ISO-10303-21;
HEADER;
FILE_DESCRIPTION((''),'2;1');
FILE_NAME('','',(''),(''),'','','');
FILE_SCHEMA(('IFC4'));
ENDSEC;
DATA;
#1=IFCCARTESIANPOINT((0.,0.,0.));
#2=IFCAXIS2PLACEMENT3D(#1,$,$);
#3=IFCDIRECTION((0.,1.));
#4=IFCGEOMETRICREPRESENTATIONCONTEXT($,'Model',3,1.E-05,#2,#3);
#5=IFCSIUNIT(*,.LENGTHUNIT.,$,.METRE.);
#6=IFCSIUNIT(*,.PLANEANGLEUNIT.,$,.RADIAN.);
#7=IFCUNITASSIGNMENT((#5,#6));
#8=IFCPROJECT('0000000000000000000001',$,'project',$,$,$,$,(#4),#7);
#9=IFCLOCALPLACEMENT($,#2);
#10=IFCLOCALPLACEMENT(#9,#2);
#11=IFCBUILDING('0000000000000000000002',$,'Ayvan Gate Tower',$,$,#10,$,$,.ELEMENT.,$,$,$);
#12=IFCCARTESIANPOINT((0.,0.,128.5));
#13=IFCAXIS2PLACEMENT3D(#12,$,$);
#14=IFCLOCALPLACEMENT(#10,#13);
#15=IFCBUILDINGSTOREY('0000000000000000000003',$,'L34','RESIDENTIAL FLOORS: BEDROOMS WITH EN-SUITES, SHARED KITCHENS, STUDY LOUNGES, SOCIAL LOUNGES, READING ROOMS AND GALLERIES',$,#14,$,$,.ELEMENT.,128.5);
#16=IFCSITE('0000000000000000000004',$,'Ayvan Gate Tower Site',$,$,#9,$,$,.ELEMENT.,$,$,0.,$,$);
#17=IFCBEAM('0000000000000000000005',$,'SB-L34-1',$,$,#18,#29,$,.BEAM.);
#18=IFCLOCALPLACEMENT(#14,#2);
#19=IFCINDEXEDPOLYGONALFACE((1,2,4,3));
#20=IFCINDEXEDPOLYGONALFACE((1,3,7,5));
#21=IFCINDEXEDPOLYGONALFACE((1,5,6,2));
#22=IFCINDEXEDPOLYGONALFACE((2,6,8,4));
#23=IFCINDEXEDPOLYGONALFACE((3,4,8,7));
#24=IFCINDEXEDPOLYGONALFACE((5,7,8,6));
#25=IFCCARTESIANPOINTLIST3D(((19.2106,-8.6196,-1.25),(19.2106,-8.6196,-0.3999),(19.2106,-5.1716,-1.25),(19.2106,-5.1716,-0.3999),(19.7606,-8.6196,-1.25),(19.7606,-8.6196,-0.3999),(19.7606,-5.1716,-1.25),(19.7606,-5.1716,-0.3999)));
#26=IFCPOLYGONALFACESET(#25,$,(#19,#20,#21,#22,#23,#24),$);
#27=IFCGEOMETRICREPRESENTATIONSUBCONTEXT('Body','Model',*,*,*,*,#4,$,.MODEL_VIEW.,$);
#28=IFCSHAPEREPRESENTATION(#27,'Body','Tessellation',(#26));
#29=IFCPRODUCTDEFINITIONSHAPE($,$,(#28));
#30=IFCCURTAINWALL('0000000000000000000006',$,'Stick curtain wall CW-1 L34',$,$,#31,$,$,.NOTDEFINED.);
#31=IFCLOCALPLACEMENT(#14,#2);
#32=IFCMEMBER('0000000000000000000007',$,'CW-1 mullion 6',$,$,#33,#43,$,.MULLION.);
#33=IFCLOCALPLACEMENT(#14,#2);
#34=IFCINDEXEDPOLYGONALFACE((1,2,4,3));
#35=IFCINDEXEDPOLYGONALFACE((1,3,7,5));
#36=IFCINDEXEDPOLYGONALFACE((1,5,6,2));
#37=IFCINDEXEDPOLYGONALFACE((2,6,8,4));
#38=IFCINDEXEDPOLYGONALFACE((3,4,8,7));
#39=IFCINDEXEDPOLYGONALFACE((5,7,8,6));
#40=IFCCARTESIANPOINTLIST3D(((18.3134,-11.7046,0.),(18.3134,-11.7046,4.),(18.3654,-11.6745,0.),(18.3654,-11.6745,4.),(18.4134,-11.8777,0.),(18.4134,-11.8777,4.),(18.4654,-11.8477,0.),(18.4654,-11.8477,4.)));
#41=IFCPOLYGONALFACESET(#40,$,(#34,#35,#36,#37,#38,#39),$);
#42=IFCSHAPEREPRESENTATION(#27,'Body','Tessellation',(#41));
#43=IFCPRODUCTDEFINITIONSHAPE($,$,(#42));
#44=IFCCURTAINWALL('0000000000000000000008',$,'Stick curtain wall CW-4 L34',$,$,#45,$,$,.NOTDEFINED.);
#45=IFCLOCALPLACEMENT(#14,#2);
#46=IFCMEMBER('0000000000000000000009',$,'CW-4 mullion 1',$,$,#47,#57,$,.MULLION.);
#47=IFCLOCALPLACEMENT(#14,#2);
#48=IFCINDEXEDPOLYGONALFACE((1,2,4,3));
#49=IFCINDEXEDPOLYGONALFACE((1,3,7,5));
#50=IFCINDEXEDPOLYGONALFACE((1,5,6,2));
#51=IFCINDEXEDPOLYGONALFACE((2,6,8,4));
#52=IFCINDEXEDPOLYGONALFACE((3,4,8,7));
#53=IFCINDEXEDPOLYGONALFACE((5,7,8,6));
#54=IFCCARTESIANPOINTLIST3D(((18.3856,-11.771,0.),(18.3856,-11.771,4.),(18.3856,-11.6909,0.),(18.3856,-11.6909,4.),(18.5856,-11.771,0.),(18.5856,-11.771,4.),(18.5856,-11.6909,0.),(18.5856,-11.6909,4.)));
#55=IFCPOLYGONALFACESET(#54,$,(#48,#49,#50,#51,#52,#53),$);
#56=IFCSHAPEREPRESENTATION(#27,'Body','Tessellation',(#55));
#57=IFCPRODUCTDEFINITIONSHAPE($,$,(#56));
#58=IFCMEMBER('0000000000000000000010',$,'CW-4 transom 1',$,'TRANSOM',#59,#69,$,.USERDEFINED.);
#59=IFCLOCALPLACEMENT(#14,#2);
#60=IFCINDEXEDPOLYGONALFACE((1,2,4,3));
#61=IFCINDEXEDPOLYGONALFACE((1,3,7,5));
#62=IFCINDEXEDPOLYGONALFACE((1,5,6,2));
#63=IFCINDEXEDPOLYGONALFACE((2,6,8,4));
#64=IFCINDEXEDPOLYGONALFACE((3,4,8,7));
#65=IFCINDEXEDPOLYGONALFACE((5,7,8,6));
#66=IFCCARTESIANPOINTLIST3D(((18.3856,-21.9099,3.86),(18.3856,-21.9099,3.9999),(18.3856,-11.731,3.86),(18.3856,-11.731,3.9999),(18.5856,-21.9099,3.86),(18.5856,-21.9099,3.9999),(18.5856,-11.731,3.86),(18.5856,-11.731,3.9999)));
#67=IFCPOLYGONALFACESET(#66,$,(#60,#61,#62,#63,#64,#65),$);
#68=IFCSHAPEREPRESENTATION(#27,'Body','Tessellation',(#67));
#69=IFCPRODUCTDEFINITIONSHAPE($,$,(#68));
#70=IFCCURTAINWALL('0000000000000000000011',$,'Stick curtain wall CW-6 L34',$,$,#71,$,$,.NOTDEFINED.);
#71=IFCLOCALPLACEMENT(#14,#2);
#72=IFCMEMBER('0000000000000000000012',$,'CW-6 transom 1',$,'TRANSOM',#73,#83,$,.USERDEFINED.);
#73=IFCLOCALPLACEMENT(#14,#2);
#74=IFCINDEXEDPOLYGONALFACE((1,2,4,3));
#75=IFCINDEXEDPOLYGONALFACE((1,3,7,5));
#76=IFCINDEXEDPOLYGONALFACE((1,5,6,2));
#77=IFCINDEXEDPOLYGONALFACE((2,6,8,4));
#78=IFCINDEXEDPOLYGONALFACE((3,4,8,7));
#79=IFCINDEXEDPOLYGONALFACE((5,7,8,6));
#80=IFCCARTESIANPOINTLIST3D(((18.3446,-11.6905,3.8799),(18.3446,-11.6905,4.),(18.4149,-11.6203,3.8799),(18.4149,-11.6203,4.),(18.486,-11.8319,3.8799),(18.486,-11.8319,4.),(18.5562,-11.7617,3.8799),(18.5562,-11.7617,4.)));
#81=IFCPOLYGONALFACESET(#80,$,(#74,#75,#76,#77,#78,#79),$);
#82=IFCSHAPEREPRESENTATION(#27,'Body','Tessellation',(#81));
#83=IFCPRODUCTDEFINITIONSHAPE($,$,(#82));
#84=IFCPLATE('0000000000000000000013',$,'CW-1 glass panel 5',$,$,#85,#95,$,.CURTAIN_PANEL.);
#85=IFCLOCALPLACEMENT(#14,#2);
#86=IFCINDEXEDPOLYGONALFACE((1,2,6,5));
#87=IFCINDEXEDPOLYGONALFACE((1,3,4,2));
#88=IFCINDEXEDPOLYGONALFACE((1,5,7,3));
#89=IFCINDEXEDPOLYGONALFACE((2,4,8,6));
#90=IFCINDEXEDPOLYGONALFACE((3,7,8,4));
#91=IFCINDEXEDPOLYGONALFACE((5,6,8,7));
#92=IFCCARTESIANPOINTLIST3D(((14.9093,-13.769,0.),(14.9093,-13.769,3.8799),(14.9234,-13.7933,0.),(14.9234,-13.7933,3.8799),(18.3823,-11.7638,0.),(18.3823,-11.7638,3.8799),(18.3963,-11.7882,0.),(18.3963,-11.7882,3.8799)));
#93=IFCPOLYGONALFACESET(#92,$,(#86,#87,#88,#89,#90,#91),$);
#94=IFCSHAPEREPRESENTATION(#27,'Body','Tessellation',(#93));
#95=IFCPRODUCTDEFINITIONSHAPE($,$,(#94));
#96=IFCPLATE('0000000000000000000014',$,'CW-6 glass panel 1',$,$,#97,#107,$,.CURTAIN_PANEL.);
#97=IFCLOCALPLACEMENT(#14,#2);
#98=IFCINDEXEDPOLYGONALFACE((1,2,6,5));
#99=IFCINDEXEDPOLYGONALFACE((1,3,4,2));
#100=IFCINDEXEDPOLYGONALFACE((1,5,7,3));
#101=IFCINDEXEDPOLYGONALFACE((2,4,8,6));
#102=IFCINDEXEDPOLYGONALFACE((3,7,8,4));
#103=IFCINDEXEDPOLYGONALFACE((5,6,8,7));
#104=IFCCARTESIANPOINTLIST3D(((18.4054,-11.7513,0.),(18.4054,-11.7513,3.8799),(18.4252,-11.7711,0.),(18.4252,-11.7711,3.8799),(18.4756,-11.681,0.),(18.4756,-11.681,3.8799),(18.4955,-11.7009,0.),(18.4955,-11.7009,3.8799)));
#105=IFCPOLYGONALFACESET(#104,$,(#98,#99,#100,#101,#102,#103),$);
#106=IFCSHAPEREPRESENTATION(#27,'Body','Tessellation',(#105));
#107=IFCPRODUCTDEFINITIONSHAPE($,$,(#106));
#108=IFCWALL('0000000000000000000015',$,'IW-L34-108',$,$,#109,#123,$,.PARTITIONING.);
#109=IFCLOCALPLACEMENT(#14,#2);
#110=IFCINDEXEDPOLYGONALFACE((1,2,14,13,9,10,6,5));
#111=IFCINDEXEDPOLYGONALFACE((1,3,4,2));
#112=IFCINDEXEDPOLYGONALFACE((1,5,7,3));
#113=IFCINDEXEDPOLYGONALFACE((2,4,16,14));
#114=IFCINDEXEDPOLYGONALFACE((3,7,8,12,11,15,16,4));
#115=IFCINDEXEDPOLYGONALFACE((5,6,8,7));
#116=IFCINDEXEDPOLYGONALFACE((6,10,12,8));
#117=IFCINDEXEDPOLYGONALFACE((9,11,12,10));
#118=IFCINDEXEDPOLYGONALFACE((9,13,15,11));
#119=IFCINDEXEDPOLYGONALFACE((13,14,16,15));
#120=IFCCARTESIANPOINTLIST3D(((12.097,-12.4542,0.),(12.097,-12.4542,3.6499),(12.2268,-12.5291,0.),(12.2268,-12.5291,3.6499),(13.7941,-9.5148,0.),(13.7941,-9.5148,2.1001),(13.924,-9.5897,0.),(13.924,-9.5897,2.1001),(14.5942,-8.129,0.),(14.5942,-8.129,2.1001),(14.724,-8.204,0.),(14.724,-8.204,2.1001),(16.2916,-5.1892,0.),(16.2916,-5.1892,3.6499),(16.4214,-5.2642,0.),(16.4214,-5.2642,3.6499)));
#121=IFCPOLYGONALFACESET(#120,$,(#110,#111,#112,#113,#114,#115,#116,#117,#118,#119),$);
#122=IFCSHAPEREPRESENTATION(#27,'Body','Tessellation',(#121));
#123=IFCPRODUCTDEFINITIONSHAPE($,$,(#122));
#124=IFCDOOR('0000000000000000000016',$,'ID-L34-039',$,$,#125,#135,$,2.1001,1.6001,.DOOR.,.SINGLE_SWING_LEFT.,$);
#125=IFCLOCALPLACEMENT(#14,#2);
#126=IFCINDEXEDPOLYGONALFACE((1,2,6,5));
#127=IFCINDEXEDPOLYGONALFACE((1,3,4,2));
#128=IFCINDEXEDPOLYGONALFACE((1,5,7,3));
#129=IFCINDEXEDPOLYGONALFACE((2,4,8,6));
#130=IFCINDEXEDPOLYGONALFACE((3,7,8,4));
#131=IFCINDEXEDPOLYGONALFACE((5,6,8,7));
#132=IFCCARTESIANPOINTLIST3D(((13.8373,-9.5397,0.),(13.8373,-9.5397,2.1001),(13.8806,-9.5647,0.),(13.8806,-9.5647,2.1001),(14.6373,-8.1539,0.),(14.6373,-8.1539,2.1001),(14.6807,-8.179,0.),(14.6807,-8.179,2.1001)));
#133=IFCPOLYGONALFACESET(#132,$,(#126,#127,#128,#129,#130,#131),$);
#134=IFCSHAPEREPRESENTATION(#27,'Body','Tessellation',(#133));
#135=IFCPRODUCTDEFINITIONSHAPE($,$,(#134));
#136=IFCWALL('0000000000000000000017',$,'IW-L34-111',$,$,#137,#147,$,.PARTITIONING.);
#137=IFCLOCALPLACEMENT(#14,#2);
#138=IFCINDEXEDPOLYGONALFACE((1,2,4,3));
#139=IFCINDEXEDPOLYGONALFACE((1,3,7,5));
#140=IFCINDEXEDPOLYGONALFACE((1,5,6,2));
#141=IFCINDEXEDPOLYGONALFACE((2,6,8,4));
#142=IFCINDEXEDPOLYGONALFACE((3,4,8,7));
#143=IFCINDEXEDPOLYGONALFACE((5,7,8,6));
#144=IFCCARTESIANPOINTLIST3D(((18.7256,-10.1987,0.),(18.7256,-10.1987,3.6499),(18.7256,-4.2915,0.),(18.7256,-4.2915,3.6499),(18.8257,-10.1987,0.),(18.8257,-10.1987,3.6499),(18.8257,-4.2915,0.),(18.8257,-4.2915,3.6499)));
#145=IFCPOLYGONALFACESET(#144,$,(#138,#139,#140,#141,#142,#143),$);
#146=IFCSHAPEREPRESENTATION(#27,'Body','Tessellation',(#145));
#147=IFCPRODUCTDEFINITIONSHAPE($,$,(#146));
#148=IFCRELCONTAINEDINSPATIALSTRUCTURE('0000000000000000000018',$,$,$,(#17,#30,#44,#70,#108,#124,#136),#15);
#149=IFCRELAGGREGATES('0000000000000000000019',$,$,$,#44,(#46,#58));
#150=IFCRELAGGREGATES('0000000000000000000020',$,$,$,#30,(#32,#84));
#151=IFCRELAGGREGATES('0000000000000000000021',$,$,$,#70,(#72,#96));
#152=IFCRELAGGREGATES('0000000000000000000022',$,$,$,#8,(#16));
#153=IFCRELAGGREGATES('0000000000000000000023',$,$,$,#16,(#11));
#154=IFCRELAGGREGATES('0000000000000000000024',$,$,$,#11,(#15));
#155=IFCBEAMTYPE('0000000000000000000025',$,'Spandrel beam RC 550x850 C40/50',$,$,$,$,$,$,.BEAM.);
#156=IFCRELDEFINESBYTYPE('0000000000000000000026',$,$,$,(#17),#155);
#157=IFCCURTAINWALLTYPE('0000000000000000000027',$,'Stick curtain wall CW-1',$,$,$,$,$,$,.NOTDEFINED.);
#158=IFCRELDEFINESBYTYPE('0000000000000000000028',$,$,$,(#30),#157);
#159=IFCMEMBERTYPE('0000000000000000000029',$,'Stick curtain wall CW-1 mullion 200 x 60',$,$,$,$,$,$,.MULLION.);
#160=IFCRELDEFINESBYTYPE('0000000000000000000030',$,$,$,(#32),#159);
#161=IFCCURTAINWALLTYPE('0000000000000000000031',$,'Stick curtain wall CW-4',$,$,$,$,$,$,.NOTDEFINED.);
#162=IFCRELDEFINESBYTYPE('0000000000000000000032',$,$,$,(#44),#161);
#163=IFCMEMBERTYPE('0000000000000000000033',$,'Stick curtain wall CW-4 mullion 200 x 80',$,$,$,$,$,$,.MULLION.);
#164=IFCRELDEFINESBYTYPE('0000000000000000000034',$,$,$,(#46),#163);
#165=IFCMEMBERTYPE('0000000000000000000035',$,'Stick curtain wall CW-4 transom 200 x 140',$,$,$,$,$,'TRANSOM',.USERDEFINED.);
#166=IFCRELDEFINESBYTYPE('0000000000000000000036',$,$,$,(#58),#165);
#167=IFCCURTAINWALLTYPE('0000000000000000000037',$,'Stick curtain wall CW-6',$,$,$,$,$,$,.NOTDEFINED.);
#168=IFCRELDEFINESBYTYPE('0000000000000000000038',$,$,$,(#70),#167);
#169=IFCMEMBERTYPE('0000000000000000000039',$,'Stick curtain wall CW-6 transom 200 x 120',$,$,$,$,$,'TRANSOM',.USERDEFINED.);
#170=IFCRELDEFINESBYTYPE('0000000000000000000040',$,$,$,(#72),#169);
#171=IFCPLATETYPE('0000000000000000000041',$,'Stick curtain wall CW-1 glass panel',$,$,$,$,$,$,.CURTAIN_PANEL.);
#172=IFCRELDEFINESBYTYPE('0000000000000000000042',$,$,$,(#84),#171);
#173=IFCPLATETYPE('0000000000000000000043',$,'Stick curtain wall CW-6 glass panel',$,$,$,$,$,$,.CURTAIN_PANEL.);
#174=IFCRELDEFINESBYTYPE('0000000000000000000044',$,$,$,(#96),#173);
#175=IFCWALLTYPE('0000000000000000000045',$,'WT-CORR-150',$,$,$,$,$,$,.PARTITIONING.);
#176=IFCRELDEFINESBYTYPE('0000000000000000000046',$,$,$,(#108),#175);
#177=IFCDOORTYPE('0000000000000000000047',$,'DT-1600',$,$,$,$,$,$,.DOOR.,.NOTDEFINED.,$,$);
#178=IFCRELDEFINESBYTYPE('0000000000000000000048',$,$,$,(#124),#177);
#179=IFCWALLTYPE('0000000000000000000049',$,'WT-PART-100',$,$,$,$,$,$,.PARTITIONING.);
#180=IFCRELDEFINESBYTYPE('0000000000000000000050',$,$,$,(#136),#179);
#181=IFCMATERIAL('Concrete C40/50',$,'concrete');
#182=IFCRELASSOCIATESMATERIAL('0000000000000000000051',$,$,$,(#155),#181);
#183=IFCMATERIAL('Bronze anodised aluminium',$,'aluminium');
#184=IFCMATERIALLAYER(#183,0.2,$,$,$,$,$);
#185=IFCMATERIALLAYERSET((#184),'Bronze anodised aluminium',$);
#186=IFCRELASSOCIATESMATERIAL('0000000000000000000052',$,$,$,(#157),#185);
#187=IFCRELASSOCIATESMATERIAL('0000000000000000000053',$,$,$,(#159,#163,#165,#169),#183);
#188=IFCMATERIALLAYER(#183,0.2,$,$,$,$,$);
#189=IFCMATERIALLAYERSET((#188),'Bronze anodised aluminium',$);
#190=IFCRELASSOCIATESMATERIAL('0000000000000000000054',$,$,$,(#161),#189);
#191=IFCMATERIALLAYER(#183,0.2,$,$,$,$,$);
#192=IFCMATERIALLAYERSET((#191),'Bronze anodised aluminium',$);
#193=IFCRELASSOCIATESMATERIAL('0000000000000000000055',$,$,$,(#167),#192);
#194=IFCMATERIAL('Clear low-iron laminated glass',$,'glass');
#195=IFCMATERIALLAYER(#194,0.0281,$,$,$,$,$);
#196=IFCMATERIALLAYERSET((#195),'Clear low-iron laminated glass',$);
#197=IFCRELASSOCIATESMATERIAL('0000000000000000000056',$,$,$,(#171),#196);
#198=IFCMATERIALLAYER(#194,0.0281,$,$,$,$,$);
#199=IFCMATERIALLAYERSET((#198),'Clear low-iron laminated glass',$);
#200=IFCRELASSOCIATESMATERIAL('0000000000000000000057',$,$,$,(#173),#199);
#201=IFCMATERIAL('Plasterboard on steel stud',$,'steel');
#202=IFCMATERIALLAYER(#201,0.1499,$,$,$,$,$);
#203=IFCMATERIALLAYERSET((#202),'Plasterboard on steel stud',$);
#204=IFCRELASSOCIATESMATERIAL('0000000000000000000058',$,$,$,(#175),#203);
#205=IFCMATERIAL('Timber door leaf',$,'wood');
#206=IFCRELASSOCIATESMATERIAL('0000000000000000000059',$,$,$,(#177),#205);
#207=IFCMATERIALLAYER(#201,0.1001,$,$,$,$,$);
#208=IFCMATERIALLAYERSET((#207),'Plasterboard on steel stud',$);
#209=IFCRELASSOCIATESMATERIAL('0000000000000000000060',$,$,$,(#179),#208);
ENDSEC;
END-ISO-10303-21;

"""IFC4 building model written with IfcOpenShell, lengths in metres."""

from ifc_helpers import new_model, si_unit, direction, frame, frame_2d, origin, origin_2d, place, context, subcontext, project, spatial, rectangle, extrude, material, layer, layer_set, material_profile, profile_set, type_object, element, fill, aggregate, save


model = new_model("IFC4")

# Units and contexts
model_context = context("Model", 3, precision=1e-05, world=origin(), true_north=direction((0.0, 1.0)))
body_context = subcontext(model_context, "Body", "Model", "MODEL_VIEW")
ifc_project = project(units=[si_unit("LENGTHUNIT", "METRE"), si_unit("PLANEANGLEUNIT", "RADIAN")], contexts=[model_context])

# Site, building, storey
site_placement = place(None, origin())
site = spatial("IfcSite", under=ifc_project, at=site_placement, Name="Ayvan Gate Tower Site", CompositionType="ELEMENT", RefElevation=0.0)
building_placement = place(site_placement, origin())
building = spatial("IfcBuilding", under=site, at=building_placement, Name="Ayvan Gate Tower", CompositionType="ELEMENT")
storey_placement = place(building_placement, frame((0.0, 0.0, 128.5)))
storey = spatial("IfcBuildingStorey", under=building, at=storey_placement, Name="L34", Description="RESIDENTIAL FLOORS: BEDROOMS WITH EN-SUITES, SHARED KITCHENS, STUDY LOUNGES, SOCIAL LOUNGES, READING ROOMS AND GALLERIES", CompositionType="ELEMENT", Elevation=128.5)

# Shared definitions
ifc_material_1 = material(Name="Concrete C40/50", Category="concrete")

# Beam
ifc_material_profile_1 = material_profile(ifc_material_1, rectangle(XDim=0.55, YDim=0.8501, at=origin_2d()), Name="RC 550x850")
ifc_profile_set_1 = profile_set([ifc_material_profile_1], Name="Concrete C40/50")
beam_type_1 = type_object("IfcBeamType", Name="Spandrel beam RC 550x850 C40/50", PredefinedType="BEAM", material=ifc_profile_set_1)
beam_1_placement = place(storey_placement, frame((19.4856, -8.6196, -0.825), z_axis=(0.0, 1.0, 0.0), x_axis=(-1.0, 0.0, 0.0)))
element("IfcBeam", 1, at=beam_1_placement, inside=storey, type_object=beam_type_1, Name="SB-L34-1", PredefinedType="BEAM", context=body_context, shape_type="SweptSolid", body=[
    extrude(rectangle(XDim=0.55, YDim=0.8501, at=origin_2d()), origin(), (0.0, 0.0, 1.0), 3.448),
])

# Curtain wall, member
ifc_material_2 = material(Name="Bronze anodised aluminium", Category="aluminium")
ifc_layer_1 = layer(ifc_material_2, 0.2)
ifc_layer_set_1 = layer_set([ifc_layer_1], Name="Bronze anodised aluminium")
curtain_wall_type_1 = type_object("IfcCurtainWallType", Name="Stick curtain wall CW-1", PredefinedType="NOTDEFINED", material=ifc_layer_set_1)
curtain_wall_1_placement = place(storey_placement, origin())
curtain_wall_1 = element("IfcCurtainWall", 2, at=curtain_wall_1_placement, inside=storey, type_object=curtain_wall_type_1, Name="Stick curtain wall CW-1 L34", PredefinedType="NOTDEFINED")
ifc_material_profile_2 = material_profile(ifc_material_2, rectangle(XDim=0.2, YDim=0.0601, at=origin_2d()), Name="Stick curtain wall CW-1 mullion 200 x 60")
ifc_profile_set_2 = profile_set([ifc_material_profile_2], Name="Bronze anodised aluminium")
member_type_1 = type_object("IfcMemberType", Name="Stick curtain wall CW-1 mullion 200 x 60", PredefinedType="MULLION", material=ifc_profile_set_2)
member_1_placement = place(storey_placement, frame((18.3894, -11.7761, 0.0), z_axis=(0.0, 0.0, 1.0), x_axis=(0.5, -0.866025, 0.0)))
member_1 = element("IfcMember", 3, at=member_1_placement, type_object=member_type_1, Name="CW-1 mullion 6", PredefinedType="MULLION", context=body_context, shape_type="SweptSolid", body=[
    extrude(rectangle(XDim=0.2, YDim=0.0601, at=origin_2d()), origin(), (0.0, 0.0, 1.0), 4.0),
])

# Curtain wall, members
ifc_layer_2 = layer(ifc_material_2, 0.2)
ifc_layer_set_2 = layer_set([ifc_layer_2], Name="Bronze anodised aluminium")
curtain_wall_type_2 = type_object("IfcCurtainWallType", Name="Stick curtain wall CW-4", PredefinedType="NOTDEFINED", material=ifc_layer_set_2)
curtain_wall_2_placement = place(storey_placement, origin())
curtain_wall_2 = element("IfcCurtainWall", 4, at=curtain_wall_2_placement, inside=storey, type_object=curtain_wall_type_2, Name="Stick curtain wall CW-4 L34", PredefinedType="NOTDEFINED")
ifc_material_profile_3 = material_profile(ifc_material_2, rectangle(XDim=0.2, YDim=0.0801, at=origin_2d()), Name="Stick curtain wall CW-4 mullion 200 x 80")
ifc_profile_set_3 = profile_set([ifc_material_profile_3], Name="Bronze anodised aluminium")
member_type_2 = type_object("IfcMemberType", Name="Stick curtain wall CW-4 mullion 200 x 80", PredefinedType="MULLION", material=ifc_profile_set_3)
member_2_placement = place(storey_placement, frame((18.4856, -11.731, 0.0), z_axis=(0.0, 0.0, 1.0), x_axis=(-1.0, 0.0, 0.0)))
member_2 = element("IfcMember", 5, at=member_2_placement, type_object=member_type_2, Name="CW-4 mullion 1", PredefinedType="MULLION", context=body_context, shape_type="SweptSolid", body=[
    extrude(rectangle(XDim=0.2, YDim=0.0801, at=origin_2d()), origin(), (0.0, 0.0, 1.0), 4.0),
])
ifc_material_profile_4 = material_profile(ifc_material_2, rectangle(XDim=0.2, YDim=0.1399, at=origin_2d()), Name="Stick curtain wall CW-4 transom 200 x 140")
ifc_profile_set_4 = profile_set([ifc_material_profile_4], Name="Bronze anodised aluminium")
member_type_3 = type_object("IfcMemberType", Name="Stick curtain wall CW-4 transom 200 x 140", ElementType="TRANSOM", PredefinedType="USERDEFINED", material=ifc_profile_set_4)
member_3_placement = place(storey_placement, frame((18.4856, -11.731, 3.9299), z_axis=(0.0, -1.0, 0.0), x_axis=(1.0, 0.0, 0.0)))
member_3 = element("IfcMember", 6, at=member_3_placement, type_object=member_type_3, Name="CW-4 transom 1", ObjectType="TRANSOM", PredefinedType="USERDEFINED", context=body_context, shape_type="SweptSolid", body=[
    extrude(rectangle(XDim=0.2, YDim=0.1399, at=origin_2d()), origin(), (0.0, 0.0, 1.0), 10.179),
])
aggregate(curtain_wall_2, [member_2, member_3])

# Curtain wall, member
ifc_layer_3 = layer(ifc_material_2, 0.2)
ifc_layer_set_3 = layer_set([ifc_layer_3], Name="Bronze anodised aluminium")
curtain_wall_type_3 = type_object("IfcCurtainWallType", Name="Stick curtain wall CW-6", PredefinedType="NOTDEFINED", material=ifc_layer_set_3)
curtain_wall_3_placement = place(storey_placement, origin())
curtain_wall_3 = element("IfcCurtainWall", 7, at=curtain_wall_3_placement, inside=storey, type_object=curtain_wall_type_3, Name="Stick curtain wall CW-6 L34", PredefinedType="NOTDEFINED")
ifc_material_profile_5 = material_profile(ifc_material_2, rectangle(XDim=0.2, YDim=0.1201, at=origin_2d()), Name="Stick curtain wall CW-6 transom 200 x 120")
ifc_profile_set_5 = profile_set([ifc_material_profile_5], Name="Bronze anodised aluminium")
member_type_4 = type_object("IfcMemberType", Name="Stick curtain wall CW-6 transom 200 x 120", ElementType="TRANSOM", PredefinedType="USERDEFINED", material=ifc_profile_set_5)
member_4_placement = place(storey_placement, frame((18.4153, -11.7612, 3.9399), z_axis=(0.707107, 0.707107, 0.0), x_axis=(-0.707107, 0.707107, 0.0)))
member_4 = element("IfcMember", 8, at=member_4_placement, type_object=member_type_4, Name="CW-6 transom 1", ObjectType="TRANSOM", PredefinedType="USERDEFINED", context=body_context, shape_type="SweptSolid", body=[
    extrude(rectangle(XDim=0.2, YDim=0.1201, at=origin_2d()), origin(), (0.0, 0.0, 1.0), 0.0994),
])

# Plates
ifc_material_3 = material(Name="Clear low-iron laminated glass", Category="glass")
ifc_layer_4 = layer(ifc_material_3, 0.0281)
ifc_layer_set_4 = layer_set([ifc_layer_4], Name="Clear low-iron laminated glass")
plate_type_1 = type_object("IfcPlateType", Name="Stick curtain wall CW-1 glass panel", PredefinedType="CURTAIN_PANEL", material=ifc_layer_set_4)
plate_1_placement = place(storey_placement, frame((16.6528, -12.7786, 0.0), z_axis=(0.0, 0.0, 1.0), x_axis=(0.866025, 0.5, 0.0)))
plate_1 = element("IfcPlate", 9, at=plate_1_placement, type_object=plate_type_1, Name="CW-1 glass panel 5", PredefinedType="CURTAIN_PANEL", context=body_context, shape_type="SweptSolid", body=[
    extrude(rectangle(XDim=4.0103, YDim=0.0281, at=origin_2d()), origin(), (0.0, 0.0, 1.0), 3.8799),
])
aggregate(curtain_wall_1, [member_1, plate_1])
ifc_layer_5 = layer(ifc_material_3, 0.0281)
ifc_layer_set_5 = layer_set([ifc_layer_5], Name="Clear low-iron laminated glass")
plate_type_2 = type_object("IfcPlateType", Name="Stick curtain wall CW-6 glass panel", PredefinedType="CURTAIN_PANEL", material=ifc_layer_set_5)
plate_2_placement = place(storey_placement, frame((18.4504, -11.7261, 0.0), z_axis=(0.0, 0.0, 1.0), x_axis=(0.707107, 0.707107, 0.0)))
plate_2 = element("IfcPlate", 10, at=plate_2_placement, type_object=plate_type_2, Name="CW-6 glass panel 1", PredefinedType="CURTAIN_PANEL", context=body_context, shape_type="SweptSolid", body=[
    extrude(rectangle(XDim=0.0994, YDim=0.0281, at=origin_2d()), origin(), (0.0, 0.0, 1.0), 3.8799),
])
aggregate(curtain_wall_3, [member_4, plate_2])

# Wall, opening, door
ifc_material_4 = material(Name="Plasterboard on steel stud", Category="steel")
ifc_layer_6 = layer(ifc_material_4, 0.1499)
ifc_layer_set_6 = layer_set([ifc_layer_6], Name="Plasterboard on steel stud")
wall_type_1 = type_object("IfcWallType", Name="WT-CORR-150", PredefinedType="PARTITIONING", material=ifc_layer_set_6)
wall_1_placement = place(storey_placement, frame((16.3564, -5.2268, 0.0), z_axis=(0.0, 0.0, 1.0), x_axis=(-0.500017, -0.866015, 0.0)))
wall_1 = element("IfcWall", 11, at=wall_1_placement, inside=storey, type_object=wall_type_1, Name="IW-L34-108", PredefinedType="PARTITIONING", context=body_context, shape_type="SweptSolid", body=[
    extrude(rectangle(XDim=8.3889, YDim=0.1499, at=frame_2d((4.1943, 0.0))), origin(), (0.0, 0.0, 1.0), 3.6499),
])
opening_1_placement = place(wall_1_placement, frame((3.3945, 0.0, 0.0)))
opening_1 = element("IfcOpeningElement", 12, at=opening_1_placement, cuts=wall_1, PredefinedType="OPENING", context=body_context, shape_type="SweptSolid", body=[
    extrude(rectangle(XDim=1.6001, YDim=2.1001, at=frame_2d((0.8, 1.05))), frame((0.0, 0.085, 0.0), z_axis=(0.0, -1.0, 0.0), x_axis=(1.0, 0.0, 0.0)), (0.0, 0.0, 1.0), 0.1699),
])
ifc_material_5 = material(Name="Timber door leaf", Category="wood")
door_type_1 = type_object("IfcDoorType", Name="DT-1600", OperationType="NOTDEFINED", PredefinedType="DOOR", material=ifc_material_5)
door_1_placement = place(opening_1_placement, origin())
door_1 = element("IfcDoor", 13, at=door_1_placement, inside=storey, type_object=door_type_1, Name="ID-L34-039", OperationType="SINGLE_SWING_LEFT", OverallHeight=2.1001, OverallWidth=1.6001, PredefinedType="DOOR", context=body_context, shape_type="SweptSolid", body=[
    extrude(rectangle(XDim=1.6001, YDim=2.1001, at=frame_2d((0.8, 1.05))), frame((0.0, 0.0249, 0.0), z_axis=(0.0, -1.0, 0.0), x_axis=(1.0, 0.0, 0.0)), (0.0, 0.0, 1.0), 0.05),
])
fill(opening_1, door_1)

# Wall
ifc_layer_7 = layer(ifc_material_4, 0.1001)
ifc_layer_set_7 = layer_set([ifc_layer_7], Name="Plasterboard on steel stud")
wall_type_2 = type_object("IfcWallType", Name="WT-PART-100", PredefinedType="PARTITIONING", material=ifc_layer_set_7)
wall_2_placement = place(storey_placement, frame((18.7756, -4.2915, 0.0), z_axis=(0.0, 0.0, 1.0), x_axis=(0.0, -1.0, 0.0)))
element("IfcWall", 14, at=wall_2_placement, inside=storey, type_object=wall_type_2, Name="IW-L34-111", PredefinedType="PARTITIONING", context=body_context, shape_type="SweptSolid", body=[
    extrude(rectangle(XDim=5.9072, YDim=0.1001, at=frame_2d((2.9536, 0.0))), origin(), (0.0, 0.0, 1.0), 3.6499),
])

save(model, "model.ifc")
